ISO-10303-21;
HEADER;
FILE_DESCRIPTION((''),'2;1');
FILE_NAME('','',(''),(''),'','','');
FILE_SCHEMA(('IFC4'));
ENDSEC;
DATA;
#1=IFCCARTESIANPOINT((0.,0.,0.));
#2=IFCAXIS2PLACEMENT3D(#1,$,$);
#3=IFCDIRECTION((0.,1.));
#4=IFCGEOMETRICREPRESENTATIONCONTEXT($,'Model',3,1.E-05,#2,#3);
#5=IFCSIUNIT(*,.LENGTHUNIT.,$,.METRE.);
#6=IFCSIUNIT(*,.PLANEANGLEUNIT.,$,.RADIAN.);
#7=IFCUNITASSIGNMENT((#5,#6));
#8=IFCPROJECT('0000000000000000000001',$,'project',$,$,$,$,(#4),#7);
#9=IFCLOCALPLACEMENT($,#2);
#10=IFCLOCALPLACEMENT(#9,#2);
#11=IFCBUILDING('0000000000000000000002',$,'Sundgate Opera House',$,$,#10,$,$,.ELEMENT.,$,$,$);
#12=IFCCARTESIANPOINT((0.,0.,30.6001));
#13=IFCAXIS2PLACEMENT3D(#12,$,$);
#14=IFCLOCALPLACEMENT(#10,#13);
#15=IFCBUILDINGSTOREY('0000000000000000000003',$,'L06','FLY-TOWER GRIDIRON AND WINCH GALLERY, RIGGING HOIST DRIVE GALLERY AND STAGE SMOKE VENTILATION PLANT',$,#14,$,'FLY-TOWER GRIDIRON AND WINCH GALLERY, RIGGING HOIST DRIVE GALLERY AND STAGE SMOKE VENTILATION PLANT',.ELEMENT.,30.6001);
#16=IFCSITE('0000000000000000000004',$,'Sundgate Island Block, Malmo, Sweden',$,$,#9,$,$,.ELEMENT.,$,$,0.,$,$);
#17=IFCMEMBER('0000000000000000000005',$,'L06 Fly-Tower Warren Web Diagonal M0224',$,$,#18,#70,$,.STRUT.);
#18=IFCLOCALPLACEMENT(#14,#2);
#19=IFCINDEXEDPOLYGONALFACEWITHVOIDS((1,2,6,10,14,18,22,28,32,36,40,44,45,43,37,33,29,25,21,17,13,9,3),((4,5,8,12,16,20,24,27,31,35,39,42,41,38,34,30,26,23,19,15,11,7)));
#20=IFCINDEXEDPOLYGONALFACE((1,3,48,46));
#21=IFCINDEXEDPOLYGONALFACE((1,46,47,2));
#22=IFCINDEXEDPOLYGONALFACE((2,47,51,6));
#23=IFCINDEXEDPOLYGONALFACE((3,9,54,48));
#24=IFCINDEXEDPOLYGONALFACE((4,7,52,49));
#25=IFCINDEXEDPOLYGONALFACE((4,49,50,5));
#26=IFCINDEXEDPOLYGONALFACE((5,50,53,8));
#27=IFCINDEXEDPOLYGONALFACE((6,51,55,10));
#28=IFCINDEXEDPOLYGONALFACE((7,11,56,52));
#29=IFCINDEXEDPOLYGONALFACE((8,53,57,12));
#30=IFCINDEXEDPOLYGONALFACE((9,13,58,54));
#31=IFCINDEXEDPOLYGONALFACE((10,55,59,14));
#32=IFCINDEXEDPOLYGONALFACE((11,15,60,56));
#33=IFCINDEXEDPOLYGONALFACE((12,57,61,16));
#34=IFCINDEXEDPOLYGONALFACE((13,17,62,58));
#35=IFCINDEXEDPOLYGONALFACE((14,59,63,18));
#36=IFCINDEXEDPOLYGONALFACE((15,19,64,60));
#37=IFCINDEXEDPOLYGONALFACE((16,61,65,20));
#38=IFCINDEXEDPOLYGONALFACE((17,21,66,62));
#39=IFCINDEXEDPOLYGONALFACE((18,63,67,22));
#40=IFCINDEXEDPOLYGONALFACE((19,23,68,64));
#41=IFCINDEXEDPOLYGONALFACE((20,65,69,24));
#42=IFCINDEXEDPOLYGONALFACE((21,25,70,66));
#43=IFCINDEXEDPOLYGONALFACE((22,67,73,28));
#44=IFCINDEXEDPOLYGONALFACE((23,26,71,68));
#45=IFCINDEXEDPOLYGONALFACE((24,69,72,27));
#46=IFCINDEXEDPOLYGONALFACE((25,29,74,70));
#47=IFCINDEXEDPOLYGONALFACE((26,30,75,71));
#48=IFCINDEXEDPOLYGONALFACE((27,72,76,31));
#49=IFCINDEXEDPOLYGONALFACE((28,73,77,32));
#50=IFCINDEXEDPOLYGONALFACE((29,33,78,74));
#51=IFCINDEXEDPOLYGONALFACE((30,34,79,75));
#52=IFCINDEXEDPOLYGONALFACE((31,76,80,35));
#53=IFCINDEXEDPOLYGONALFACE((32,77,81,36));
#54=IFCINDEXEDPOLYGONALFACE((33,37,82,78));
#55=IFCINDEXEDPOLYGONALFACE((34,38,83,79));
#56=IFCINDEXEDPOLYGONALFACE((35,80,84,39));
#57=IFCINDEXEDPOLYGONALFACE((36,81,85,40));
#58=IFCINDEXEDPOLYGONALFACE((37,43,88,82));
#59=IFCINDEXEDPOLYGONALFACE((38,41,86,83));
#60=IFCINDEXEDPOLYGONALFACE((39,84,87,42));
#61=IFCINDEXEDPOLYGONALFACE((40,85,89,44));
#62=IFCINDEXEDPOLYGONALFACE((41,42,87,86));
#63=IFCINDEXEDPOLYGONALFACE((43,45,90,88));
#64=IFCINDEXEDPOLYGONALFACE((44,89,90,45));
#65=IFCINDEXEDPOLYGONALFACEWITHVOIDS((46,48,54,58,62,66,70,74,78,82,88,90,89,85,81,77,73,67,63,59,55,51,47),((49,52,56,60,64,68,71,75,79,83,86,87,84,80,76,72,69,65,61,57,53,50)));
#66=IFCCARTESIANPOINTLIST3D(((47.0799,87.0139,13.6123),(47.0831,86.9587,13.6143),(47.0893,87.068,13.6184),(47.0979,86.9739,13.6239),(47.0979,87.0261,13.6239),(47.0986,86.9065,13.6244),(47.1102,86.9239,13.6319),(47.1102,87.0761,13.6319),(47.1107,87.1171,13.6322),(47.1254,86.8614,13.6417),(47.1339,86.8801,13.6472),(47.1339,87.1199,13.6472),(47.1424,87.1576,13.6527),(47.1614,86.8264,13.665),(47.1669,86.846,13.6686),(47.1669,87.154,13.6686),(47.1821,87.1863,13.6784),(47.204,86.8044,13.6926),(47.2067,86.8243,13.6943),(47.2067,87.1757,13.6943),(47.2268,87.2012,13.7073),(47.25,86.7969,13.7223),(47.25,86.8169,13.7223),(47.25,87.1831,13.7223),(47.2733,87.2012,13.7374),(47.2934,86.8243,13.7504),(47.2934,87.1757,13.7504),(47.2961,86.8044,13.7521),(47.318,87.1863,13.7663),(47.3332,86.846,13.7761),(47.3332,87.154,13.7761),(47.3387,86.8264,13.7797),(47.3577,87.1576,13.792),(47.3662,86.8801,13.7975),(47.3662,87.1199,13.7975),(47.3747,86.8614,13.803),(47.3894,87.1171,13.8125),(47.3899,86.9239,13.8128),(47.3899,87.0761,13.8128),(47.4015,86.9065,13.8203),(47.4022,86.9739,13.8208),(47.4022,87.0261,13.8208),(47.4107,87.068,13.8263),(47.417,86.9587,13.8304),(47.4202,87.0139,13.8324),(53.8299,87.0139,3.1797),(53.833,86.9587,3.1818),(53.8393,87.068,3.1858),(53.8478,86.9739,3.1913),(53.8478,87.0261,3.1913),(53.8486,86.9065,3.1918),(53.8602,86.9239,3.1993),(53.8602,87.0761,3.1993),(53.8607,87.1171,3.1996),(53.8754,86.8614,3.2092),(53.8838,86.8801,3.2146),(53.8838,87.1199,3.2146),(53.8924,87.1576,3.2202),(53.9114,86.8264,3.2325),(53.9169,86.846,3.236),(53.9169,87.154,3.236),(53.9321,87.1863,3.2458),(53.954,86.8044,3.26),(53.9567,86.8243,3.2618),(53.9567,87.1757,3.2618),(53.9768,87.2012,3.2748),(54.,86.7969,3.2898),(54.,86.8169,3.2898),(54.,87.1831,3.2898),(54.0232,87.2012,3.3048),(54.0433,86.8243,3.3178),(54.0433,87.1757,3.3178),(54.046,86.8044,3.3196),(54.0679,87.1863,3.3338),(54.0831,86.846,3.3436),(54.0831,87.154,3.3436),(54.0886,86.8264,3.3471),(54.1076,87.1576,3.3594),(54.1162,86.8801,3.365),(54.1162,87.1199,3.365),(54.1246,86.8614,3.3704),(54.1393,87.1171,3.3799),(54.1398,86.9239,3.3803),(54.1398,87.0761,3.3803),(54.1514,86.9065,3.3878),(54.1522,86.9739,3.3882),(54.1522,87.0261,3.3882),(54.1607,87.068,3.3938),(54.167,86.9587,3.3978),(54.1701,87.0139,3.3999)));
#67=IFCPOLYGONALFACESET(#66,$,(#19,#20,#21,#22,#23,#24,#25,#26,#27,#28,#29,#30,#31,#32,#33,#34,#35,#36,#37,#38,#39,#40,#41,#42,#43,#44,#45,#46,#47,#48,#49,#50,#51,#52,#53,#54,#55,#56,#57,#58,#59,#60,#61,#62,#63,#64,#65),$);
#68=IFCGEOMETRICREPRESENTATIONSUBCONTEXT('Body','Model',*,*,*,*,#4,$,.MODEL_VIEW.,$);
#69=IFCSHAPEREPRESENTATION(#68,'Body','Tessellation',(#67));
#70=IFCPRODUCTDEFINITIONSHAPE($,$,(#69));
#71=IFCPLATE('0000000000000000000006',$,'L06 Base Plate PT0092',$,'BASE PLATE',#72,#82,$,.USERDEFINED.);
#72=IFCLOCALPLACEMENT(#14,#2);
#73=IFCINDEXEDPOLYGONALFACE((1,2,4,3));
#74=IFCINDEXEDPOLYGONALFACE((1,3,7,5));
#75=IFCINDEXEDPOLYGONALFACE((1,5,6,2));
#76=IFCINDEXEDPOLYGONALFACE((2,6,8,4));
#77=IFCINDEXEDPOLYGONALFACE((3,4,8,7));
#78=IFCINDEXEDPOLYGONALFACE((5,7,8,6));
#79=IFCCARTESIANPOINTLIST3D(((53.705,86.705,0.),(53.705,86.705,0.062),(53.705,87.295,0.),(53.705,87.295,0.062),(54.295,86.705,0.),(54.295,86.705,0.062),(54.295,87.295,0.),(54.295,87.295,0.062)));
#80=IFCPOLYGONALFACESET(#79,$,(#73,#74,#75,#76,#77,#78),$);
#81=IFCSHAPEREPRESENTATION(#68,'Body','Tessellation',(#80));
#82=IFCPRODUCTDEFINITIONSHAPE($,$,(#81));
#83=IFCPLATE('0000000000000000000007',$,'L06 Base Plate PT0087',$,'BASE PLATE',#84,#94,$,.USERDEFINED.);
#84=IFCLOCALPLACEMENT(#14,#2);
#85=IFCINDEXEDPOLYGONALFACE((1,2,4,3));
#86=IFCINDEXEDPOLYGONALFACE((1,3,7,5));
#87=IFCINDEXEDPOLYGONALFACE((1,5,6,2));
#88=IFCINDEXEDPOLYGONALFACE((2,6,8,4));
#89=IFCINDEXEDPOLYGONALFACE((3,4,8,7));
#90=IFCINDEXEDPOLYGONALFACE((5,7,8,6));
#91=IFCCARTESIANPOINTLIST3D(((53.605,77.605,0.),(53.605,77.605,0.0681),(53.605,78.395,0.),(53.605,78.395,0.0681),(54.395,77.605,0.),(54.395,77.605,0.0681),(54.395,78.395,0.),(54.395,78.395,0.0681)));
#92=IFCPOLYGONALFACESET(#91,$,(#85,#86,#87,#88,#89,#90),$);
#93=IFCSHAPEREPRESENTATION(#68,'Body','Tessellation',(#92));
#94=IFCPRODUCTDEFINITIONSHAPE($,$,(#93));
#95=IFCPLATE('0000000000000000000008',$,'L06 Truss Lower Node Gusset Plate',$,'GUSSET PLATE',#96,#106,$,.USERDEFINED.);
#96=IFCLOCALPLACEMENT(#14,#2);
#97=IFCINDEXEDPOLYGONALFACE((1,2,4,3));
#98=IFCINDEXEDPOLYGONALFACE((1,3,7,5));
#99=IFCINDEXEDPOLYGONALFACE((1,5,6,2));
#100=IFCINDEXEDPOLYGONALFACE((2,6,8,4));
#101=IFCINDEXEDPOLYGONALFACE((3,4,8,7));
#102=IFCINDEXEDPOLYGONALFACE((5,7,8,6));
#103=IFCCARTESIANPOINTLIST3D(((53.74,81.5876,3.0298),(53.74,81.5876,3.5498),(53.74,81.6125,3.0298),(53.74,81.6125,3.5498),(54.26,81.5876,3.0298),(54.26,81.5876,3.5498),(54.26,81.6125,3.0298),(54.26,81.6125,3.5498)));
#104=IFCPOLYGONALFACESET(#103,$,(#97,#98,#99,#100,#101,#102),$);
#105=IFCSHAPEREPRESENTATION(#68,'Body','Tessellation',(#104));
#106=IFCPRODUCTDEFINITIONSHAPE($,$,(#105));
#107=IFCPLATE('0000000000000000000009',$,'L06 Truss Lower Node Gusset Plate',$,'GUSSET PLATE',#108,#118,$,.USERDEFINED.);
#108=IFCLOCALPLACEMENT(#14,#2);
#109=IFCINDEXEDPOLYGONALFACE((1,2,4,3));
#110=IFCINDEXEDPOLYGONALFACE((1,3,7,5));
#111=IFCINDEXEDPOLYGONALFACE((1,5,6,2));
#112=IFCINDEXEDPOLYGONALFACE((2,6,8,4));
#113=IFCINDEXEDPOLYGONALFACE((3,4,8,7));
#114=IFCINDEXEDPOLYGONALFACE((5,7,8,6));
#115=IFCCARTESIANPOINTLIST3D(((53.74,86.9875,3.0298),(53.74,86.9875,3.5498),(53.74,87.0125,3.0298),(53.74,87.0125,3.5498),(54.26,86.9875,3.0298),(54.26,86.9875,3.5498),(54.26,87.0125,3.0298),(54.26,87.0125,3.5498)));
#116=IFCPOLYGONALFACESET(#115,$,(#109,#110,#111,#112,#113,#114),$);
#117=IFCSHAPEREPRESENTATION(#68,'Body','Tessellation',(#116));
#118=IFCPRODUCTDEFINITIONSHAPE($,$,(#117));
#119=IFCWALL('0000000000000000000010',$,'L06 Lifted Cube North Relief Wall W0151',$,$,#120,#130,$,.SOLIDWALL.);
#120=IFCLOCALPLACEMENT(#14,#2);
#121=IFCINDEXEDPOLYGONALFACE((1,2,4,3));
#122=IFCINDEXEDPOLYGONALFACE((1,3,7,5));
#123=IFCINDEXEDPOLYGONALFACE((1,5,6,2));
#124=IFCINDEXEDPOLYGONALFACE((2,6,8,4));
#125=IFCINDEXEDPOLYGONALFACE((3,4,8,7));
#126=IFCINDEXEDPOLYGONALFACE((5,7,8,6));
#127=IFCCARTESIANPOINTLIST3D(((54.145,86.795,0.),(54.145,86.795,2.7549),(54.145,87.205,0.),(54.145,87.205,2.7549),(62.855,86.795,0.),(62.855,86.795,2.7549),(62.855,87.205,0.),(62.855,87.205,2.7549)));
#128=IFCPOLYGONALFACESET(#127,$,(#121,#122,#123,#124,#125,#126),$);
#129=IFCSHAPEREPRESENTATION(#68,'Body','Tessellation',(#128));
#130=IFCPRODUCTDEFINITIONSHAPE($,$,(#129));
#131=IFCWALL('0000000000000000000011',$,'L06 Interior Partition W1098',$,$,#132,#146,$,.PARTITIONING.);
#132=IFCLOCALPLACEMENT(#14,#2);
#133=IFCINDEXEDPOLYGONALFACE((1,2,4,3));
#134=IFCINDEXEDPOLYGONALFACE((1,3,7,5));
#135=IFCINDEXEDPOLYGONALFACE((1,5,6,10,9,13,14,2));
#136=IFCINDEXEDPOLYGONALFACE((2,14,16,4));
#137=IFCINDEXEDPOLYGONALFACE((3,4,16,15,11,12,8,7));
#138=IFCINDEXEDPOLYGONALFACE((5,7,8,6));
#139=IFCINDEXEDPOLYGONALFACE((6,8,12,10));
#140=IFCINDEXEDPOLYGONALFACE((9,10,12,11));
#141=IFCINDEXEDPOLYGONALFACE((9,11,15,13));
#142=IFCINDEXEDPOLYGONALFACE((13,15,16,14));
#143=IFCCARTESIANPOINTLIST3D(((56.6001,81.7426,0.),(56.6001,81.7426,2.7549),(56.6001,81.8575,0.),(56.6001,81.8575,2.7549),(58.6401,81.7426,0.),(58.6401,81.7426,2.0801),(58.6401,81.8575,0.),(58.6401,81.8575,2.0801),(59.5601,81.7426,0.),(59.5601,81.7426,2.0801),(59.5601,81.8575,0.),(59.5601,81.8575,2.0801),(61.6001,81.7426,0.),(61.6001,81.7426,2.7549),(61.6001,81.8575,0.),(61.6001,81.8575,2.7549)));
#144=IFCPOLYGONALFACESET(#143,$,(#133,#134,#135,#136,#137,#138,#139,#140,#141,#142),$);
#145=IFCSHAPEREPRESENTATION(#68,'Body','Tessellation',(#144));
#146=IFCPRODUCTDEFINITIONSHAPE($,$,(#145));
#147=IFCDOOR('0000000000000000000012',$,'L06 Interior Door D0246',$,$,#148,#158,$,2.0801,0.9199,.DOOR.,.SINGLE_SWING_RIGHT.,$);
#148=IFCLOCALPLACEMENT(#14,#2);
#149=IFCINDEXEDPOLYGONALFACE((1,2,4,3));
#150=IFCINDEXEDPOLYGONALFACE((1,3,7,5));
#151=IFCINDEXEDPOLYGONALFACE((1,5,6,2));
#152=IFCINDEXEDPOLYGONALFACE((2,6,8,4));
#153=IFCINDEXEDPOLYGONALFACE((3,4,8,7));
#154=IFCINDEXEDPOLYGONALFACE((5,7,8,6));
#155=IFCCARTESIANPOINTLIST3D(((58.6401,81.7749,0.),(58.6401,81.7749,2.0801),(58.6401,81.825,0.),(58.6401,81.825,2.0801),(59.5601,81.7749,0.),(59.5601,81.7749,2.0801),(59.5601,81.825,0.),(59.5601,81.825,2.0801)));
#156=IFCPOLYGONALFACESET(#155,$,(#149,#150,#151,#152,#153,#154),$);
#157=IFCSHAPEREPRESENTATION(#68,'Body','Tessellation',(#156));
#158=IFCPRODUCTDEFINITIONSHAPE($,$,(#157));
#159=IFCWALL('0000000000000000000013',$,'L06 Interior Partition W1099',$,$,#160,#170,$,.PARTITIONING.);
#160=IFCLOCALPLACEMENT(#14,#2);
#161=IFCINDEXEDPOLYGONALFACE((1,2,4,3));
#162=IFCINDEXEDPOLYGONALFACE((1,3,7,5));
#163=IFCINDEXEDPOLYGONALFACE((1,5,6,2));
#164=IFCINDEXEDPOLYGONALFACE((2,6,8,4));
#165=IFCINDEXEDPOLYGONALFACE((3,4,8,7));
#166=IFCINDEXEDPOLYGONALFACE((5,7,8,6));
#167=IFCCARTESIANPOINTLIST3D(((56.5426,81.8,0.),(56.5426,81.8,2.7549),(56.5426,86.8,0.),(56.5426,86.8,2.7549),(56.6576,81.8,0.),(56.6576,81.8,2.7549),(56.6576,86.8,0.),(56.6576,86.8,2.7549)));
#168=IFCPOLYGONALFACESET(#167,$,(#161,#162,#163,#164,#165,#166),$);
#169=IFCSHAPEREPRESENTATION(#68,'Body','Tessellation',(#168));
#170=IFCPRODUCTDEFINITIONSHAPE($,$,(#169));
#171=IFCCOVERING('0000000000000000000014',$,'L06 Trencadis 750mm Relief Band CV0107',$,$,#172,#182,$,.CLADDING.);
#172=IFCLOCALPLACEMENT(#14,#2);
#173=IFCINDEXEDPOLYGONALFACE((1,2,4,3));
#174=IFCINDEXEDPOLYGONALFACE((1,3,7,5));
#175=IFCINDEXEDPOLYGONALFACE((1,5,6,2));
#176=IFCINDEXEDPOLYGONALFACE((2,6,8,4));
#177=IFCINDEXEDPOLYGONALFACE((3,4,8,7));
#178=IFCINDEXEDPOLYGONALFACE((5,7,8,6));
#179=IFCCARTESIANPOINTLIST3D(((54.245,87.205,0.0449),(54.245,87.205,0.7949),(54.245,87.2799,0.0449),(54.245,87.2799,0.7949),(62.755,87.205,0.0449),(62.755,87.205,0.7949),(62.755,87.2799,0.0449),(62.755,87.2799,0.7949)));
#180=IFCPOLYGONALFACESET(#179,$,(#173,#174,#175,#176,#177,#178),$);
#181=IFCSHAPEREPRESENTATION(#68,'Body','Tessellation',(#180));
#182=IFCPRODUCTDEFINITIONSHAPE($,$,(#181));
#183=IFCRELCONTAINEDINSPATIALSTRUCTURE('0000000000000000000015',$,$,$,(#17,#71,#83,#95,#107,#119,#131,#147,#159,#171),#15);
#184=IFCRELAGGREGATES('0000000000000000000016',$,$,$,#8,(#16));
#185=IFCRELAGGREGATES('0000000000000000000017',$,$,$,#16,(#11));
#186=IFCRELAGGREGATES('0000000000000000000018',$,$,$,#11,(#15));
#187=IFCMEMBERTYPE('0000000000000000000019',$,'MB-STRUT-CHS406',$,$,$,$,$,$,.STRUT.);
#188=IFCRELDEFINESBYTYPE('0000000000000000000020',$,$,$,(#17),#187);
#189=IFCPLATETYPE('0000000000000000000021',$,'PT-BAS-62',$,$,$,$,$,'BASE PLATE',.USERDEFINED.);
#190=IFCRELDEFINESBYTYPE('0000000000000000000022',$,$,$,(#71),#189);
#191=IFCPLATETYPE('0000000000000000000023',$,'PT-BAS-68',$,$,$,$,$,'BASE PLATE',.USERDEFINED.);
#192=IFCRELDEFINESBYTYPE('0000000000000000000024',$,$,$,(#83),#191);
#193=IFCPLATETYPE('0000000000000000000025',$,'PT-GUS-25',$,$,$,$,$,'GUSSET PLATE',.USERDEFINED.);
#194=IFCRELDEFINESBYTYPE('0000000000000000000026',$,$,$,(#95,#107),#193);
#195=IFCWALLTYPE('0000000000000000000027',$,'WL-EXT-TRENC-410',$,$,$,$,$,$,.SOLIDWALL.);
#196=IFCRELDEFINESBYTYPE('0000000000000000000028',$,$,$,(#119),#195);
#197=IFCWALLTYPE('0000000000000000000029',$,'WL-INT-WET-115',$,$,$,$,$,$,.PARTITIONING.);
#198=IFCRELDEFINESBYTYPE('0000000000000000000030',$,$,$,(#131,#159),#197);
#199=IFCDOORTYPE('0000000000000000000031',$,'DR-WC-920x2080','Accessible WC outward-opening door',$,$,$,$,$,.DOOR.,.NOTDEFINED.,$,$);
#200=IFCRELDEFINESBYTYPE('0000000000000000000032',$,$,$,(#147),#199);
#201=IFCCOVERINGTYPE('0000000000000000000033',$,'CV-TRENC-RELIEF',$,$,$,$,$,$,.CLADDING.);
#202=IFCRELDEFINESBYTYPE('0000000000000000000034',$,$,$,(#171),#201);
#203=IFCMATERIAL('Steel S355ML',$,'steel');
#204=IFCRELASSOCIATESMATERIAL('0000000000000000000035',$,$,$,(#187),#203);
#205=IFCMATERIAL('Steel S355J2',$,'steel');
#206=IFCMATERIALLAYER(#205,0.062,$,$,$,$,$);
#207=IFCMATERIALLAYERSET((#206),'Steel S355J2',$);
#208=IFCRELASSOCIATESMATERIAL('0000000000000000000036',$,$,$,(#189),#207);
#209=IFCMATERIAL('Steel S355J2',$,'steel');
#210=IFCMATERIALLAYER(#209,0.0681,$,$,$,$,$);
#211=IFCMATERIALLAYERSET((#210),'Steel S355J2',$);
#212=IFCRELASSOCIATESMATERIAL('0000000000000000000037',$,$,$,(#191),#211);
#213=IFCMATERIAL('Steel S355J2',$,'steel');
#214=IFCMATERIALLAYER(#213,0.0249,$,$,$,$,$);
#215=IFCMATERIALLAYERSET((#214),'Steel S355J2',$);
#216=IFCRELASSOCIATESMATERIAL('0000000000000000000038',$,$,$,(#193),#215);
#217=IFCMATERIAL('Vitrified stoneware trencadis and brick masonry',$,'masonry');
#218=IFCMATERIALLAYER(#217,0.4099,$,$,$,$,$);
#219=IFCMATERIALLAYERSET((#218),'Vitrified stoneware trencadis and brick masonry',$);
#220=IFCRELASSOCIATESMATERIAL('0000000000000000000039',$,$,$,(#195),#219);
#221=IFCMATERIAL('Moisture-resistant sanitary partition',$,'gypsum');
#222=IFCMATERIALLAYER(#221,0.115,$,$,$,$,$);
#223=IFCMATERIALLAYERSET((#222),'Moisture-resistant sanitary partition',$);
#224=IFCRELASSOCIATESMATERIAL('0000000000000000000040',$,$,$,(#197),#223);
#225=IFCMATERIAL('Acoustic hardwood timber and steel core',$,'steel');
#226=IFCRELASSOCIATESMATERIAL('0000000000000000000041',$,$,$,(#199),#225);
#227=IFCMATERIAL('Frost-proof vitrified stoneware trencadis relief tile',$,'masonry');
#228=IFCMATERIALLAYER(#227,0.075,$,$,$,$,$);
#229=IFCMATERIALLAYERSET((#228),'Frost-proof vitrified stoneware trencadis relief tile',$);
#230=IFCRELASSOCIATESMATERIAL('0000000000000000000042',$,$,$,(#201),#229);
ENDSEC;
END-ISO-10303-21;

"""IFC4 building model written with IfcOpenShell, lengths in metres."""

from ifc_helpers import new_model, si_unit, direction, frame, frame_2d, origin, origin_2d, place, context, subcontext, project, spatial, rectangle, hollow_circle, extrude, material, layer, layer_set, material_profile, profile_set, type_object, element, fill, save


model = new_model("IFC4")

# Units and contexts
model_context = context("Model", 3, precision=1e-05, world=origin(), true_north=direction((0.0, 1.0)))
body_context = subcontext(model_context, "Body", "Model", "MODEL_VIEW")
ifc_project = project(units=[si_unit("LENGTHUNIT", "METRE"), si_unit("PLANEANGLEUNIT", "RADIAN")], contexts=[model_context])

# Site, building, storey
site_placement = place(None, origin())
site = spatial("IfcSite", under=ifc_project, at=site_placement, Name="Sundgate Island Block, Malmo, Sweden", CompositionType="ELEMENT", RefElevation=0.0)
building_placement = place(site_placement, origin())
building = spatial("IfcBuilding", under=site, at=building_placement, Name="Sundgate Opera House", CompositionType="ELEMENT")
storey_placement = place(building_placement, frame((0.0, 0.0, 30.6001)))
storey = spatial("IfcBuildingStorey", under=building, at=storey_placement, Name="L06", Description="FLY-TOWER GRIDIRON AND WINCH GALLERY, RIGGING HOIST DRIVE GALLERY AND STAGE SMOKE VENTILATION PLANT", LongName="FLY-TOWER GRIDIRON AND WINCH GALLERY, RIGGING HOIST DRIVE GALLERY AND STAGE SMOKE VENTILATION PLANT", CompositionType="ELEMENT", Elevation=30.6001)

# Member
ifc_material_1 = material(Name="Steel S355ML", Category="steel")
ifc_material_profile_1 = material_profile(ifc_material_1, hollow_circle(Radius=0.2031, WallThickness=0.02, at=origin_2d()), Name="CHS 406.4x20.0")
ifc_profile_set_1 = profile_set([ifc_material_profile_1], Name="Steel S355ML")
member_type_1 = type_object("IfcMemberType", Name="MB-STRUT-CHS406", PredefinedType="STRUT", material=ifc_profile_set_1)
for number, where, z_axis, x_axis, name in (
    (1, (54.0, 87.0, 3.2898), (-0.543222, 0.0, 0.839589), (0.0, -1.0, 0.0), "L06 Fly-Tower Warren Web Diagonal M0224"),
):
    element("IfcMember", number, at=place(storey_placement, frame(where, z_axis=z_axis, x_axis=x_axis)), inside=storey, type_object=member_type_1, Name=name, PredefinedType="STRUT", context=body_context, shape_type="SweptSolid", body=[
        extrude(hollow_circle(Radius=0.2031, WallThickness=0.02, at=origin_2d()), origin(), (0.0, 0.0, 1.0), 12.4258),
    ])

# Plates
ifc_material_2 = material(Name="Steel S355J2", Category="steel")
ifc_layer_1 = layer(ifc_material_2, 0.062)
ifc_layer_set_1 = layer_set([ifc_layer_1], Name="Steel S355J2")
plate_type_1 = type_object("IfcPlateType", Name="PT-BAS-62", ElementType="BASE PLATE", PredefinedType="USERDEFINED", material=ifc_layer_set_1)
plate_1_placement = place(storey_placement, frame((54.0, 87.0, 0.0), z_axis=(0.0, 0.0, 1.0), x_axis=(1.0, 0.0, 0.0)))
element("IfcPlate", 2, at=plate_1_placement, inside=storey, type_object=plate_type_1, Name="L06 Base Plate PT0092", ObjectType="BASE PLATE", PredefinedType="USERDEFINED", context=body_context, shape_type="SweptSolid", body=[
    extrude(rectangle(XDim=0.5901, YDim=0.5901, at=origin_2d()), origin(), (0.0, 0.0, 1.0), 0.062),
])
ifc_material_3 = material(Name="Steel S355J2", Category="steel")
ifc_layer_2 = layer(ifc_material_3, 0.0681)
ifc_layer_set_2 = layer_set([ifc_layer_2], Name="Steel S355J2")
plate_type_2 = type_object("IfcPlateType", Name="PT-BAS-68", ElementType="BASE PLATE", PredefinedType="USERDEFINED", material=ifc_layer_set_2)
plate_2_placement = place(storey_placement, frame((54.0, 78.0, 0.0), z_axis=(0.0, 0.0, 1.0), x_axis=(1.0, 0.0, 0.0)))
element("IfcPlate", 3, at=plate_2_placement, inside=storey, type_object=plate_type_2, Name="L06 Base Plate PT0087", ObjectType="BASE PLATE", PredefinedType="USERDEFINED", context=body_context, shape_type="SweptSolid", body=[
    extrude(rectangle(XDim=0.79, YDim=0.79, at=origin_2d()), origin(), (0.0, 0.0, 1.0), 0.0681),
])
ifc_material_4 = material(Name="Steel S355J2", Category="steel")
ifc_layer_3 = layer(ifc_material_4, 0.0249)
ifc_layer_set_3 = layer_set([ifc_layer_3], Name="Steel S355J2")
plate_type_3 = type_object("IfcPlateType", Name="PT-GUS-25", ElementType="GUSSET PLATE", PredefinedType="USERDEFINED", material=ifc_layer_set_3)
for number, where, z_axis, x_axis, name in (
    (4, (54.0, 81.6001, 3.0298), (0.0, 0.0, 1.0), (1.0, 0.0, 0.0), "L06 Truss Lower Node Gusset Plate"),
    (5, (54.0, 87.0, 3.0298), (0.0, 0.0, 1.0), (1.0, 0.0, 0.0), "L06 Truss Lower Node Gusset Plate"),
):
    element("IfcPlate", number, at=place(storey_placement, frame(where, z_axis=z_axis, x_axis=x_axis)), inside=storey, type_object=plate_type_3, Name=name, ObjectType="GUSSET PLATE", PredefinedType="USERDEFINED", context=body_context, shape_type="SweptSolid", body=[
        extrude(rectangle(XDim=0.52, YDim=0.0249, at=origin_2d()), origin(), (0.0, 0.0, 1.0), 0.52),
    ])

# Wall
ifc_material_5 = material(Name="Vitrified stoneware trencadis and brick masonry", Category="masonry")
ifc_layer_4 = layer(ifc_material_5, 0.4099)
ifc_layer_set_4 = layer_set([ifc_layer_4], Name="Vitrified stoneware trencadis and brick masonry")
wall_type_1 = type_object("IfcWallType", Name="WL-EXT-TRENC-410", PredefinedType="SOLIDWALL", material=ifc_layer_set_4)
wall_1_placement = place(storey_placement, frame((54.145, 87.0, 0.0), z_axis=(0.0, 0.0, 1.0), x_axis=(1.0, 0.0, 0.0)))
element("IfcWall", 6, at=wall_1_placement, inside=storey, type_object=wall_type_1, Name="L06 Lifted Cube North Relief Wall W0151", PredefinedType="SOLIDWALL", context=body_context, shape_type="SweptSolid", body=[
    extrude(rectangle(XDim=8.71, YDim=0.4099, at=frame_2d((4.355, 0.0))), origin(), (0.0, 0.0, 1.0), 2.7549),
])

# Wall, opening, door
ifc_material_6 = material(Name="Moisture-resistant sanitary partition", Category="gypsum")
ifc_layer_5 = layer(ifc_material_6, 0.115)
ifc_layer_set_5 = layer_set([ifc_layer_5], Name="Moisture-resistant sanitary partition")
wall_type_2 = type_object("IfcWallType", Name="WL-INT-WET-115", PredefinedType="PARTITIONING", material=ifc_layer_set_5)
wall_2_placement = place(storey_placement, frame((56.6001, 81.8, 0.0), z_axis=(0.0, 0.0, 1.0), x_axis=(1.0, 0.0, 0.0)))
wall_2 = element("IfcWall", 7, at=wall_2_placement, inside=storey, type_object=wall_type_2, Name="L06 Interior Partition W1098", PredefinedType="PARTITIONING", context=body_context, shape_type="SweptSolid", body=[
    extrude(rectangle(XDim=5.0, YDim=0.115, at=frame_2d((2.5, 0.0))), origin(), (0.0, 0.0, 1.0), 2.7549),
])
opening_placement = place(wall_2_placement, frame((2.04, 0.0, 0.0)))
opening = element("IfcOpeningElement", 8, at=opening_placement, cuts=wall_2, PredefinedType="OPENING", context=body_context, shape_type="SweptSolid", body=[
    extrude(rectangle(XDim=0.9199, YDim=2.0801, at=frame_2d((0.46, 1.04))), frame((0.0, 0.0674, 0.0), z_axis=(0.0, -1.0, 0.0), x_axis=(1.0, 0.0, 0.0)), (0.0, 0.0, 1.0), 0.135),
])
ifc_material_7 = material(Name="Acoustic hardwood timber and steel core", Category="steel")
door_type = type_object("IfcDoorType", Name="DR-WC-920x2080", Description="Accessible WC outward-opening door", OperationType="NOTDEFINED", PredefinedType="DOOR", material=ifc_material_7)
door_placement = place(opening_placement, origin())
door = element("IfcDoor", 9, at=door_placement, inside=storey, type_object=door_type, Name="L06 Interior Door D0246", OperationType="SINGLE_SWING_RIGHT", OverallHeight=2.0801, OverallWidth=0.9199, PredefinedType="DOOR", context=body_context, shape_type="SweptSolid", body=[
    extrude(rectangle(XDim=0.9199, YDim=2.0801, at=frame_2d((0.46, 1.04))), frame((0.0, 0.0249, 0.0), z_axis=(0.0, -1.0, 0.0), x_axis=(1.0, 0.0, 0.0)), (0.0, 0.0, 1.0), 0.05),
])
fill(opening, door)

# Wall
wall_3_placement = place(storey_placement, frame((56.6001, 81.8, 0.0), z_axis=(0.0, 0.0, 1.0), x_axis=(0.0, 1.0, 0.0)))
element("IfcWall", 10, at=wall_3_placement, inside=storey, type_object=wall_type_2, Name="L06 Interior Partition W1099", PredefinedType="PARTITIONING", context=body_context, shape_type="SweptSolid", body=[
    extrude(rectangle(XDim=5.0, YDim=0.115, at=frame_2d((2.5, 0.0))), origin(), (0.0, 0.0, 1.0), 2.7549),
])

# Covering
ifc_material_8 = material(Name="Frost-proof vitrified stoneware trencadis relief tile", Category="masonry")
ifc_layer_6 = layer(ifc_material_8, 0.075)
ifc_layer_set_6 = layer_set([ifc_layer_6], Name="Frost-proof vitrified stoneware trencadis relief tile")
covering_type = type_object("IfcCoveringType", Name="CV-TRENC-RELIEF", PredefinedType="CLADDING", material=ifc_layer_set_6)
covering_placement = place(storey_placement, frame((58.5, 87.2424, 0.0449), z_axis=(0.0, 0.0, 1.0), x_axis=(1.0, 0.0, 0.0)))
element("IfcCovering", 11, at=covering_placement, inside=storey, type_object=covering_type, Name="L06 Trencadis 750mm Relief Band CV0107", PredefinedType="CLADDING", context=body_context, shape_type="SweptSolid", body=[
    extrude(rectangle(XDim=8.51, YDim=0.075, at=origin_2d()), origin(), (0.0, 0.0, 1.0), 0.75),
])

save(model, "model.ifc")
